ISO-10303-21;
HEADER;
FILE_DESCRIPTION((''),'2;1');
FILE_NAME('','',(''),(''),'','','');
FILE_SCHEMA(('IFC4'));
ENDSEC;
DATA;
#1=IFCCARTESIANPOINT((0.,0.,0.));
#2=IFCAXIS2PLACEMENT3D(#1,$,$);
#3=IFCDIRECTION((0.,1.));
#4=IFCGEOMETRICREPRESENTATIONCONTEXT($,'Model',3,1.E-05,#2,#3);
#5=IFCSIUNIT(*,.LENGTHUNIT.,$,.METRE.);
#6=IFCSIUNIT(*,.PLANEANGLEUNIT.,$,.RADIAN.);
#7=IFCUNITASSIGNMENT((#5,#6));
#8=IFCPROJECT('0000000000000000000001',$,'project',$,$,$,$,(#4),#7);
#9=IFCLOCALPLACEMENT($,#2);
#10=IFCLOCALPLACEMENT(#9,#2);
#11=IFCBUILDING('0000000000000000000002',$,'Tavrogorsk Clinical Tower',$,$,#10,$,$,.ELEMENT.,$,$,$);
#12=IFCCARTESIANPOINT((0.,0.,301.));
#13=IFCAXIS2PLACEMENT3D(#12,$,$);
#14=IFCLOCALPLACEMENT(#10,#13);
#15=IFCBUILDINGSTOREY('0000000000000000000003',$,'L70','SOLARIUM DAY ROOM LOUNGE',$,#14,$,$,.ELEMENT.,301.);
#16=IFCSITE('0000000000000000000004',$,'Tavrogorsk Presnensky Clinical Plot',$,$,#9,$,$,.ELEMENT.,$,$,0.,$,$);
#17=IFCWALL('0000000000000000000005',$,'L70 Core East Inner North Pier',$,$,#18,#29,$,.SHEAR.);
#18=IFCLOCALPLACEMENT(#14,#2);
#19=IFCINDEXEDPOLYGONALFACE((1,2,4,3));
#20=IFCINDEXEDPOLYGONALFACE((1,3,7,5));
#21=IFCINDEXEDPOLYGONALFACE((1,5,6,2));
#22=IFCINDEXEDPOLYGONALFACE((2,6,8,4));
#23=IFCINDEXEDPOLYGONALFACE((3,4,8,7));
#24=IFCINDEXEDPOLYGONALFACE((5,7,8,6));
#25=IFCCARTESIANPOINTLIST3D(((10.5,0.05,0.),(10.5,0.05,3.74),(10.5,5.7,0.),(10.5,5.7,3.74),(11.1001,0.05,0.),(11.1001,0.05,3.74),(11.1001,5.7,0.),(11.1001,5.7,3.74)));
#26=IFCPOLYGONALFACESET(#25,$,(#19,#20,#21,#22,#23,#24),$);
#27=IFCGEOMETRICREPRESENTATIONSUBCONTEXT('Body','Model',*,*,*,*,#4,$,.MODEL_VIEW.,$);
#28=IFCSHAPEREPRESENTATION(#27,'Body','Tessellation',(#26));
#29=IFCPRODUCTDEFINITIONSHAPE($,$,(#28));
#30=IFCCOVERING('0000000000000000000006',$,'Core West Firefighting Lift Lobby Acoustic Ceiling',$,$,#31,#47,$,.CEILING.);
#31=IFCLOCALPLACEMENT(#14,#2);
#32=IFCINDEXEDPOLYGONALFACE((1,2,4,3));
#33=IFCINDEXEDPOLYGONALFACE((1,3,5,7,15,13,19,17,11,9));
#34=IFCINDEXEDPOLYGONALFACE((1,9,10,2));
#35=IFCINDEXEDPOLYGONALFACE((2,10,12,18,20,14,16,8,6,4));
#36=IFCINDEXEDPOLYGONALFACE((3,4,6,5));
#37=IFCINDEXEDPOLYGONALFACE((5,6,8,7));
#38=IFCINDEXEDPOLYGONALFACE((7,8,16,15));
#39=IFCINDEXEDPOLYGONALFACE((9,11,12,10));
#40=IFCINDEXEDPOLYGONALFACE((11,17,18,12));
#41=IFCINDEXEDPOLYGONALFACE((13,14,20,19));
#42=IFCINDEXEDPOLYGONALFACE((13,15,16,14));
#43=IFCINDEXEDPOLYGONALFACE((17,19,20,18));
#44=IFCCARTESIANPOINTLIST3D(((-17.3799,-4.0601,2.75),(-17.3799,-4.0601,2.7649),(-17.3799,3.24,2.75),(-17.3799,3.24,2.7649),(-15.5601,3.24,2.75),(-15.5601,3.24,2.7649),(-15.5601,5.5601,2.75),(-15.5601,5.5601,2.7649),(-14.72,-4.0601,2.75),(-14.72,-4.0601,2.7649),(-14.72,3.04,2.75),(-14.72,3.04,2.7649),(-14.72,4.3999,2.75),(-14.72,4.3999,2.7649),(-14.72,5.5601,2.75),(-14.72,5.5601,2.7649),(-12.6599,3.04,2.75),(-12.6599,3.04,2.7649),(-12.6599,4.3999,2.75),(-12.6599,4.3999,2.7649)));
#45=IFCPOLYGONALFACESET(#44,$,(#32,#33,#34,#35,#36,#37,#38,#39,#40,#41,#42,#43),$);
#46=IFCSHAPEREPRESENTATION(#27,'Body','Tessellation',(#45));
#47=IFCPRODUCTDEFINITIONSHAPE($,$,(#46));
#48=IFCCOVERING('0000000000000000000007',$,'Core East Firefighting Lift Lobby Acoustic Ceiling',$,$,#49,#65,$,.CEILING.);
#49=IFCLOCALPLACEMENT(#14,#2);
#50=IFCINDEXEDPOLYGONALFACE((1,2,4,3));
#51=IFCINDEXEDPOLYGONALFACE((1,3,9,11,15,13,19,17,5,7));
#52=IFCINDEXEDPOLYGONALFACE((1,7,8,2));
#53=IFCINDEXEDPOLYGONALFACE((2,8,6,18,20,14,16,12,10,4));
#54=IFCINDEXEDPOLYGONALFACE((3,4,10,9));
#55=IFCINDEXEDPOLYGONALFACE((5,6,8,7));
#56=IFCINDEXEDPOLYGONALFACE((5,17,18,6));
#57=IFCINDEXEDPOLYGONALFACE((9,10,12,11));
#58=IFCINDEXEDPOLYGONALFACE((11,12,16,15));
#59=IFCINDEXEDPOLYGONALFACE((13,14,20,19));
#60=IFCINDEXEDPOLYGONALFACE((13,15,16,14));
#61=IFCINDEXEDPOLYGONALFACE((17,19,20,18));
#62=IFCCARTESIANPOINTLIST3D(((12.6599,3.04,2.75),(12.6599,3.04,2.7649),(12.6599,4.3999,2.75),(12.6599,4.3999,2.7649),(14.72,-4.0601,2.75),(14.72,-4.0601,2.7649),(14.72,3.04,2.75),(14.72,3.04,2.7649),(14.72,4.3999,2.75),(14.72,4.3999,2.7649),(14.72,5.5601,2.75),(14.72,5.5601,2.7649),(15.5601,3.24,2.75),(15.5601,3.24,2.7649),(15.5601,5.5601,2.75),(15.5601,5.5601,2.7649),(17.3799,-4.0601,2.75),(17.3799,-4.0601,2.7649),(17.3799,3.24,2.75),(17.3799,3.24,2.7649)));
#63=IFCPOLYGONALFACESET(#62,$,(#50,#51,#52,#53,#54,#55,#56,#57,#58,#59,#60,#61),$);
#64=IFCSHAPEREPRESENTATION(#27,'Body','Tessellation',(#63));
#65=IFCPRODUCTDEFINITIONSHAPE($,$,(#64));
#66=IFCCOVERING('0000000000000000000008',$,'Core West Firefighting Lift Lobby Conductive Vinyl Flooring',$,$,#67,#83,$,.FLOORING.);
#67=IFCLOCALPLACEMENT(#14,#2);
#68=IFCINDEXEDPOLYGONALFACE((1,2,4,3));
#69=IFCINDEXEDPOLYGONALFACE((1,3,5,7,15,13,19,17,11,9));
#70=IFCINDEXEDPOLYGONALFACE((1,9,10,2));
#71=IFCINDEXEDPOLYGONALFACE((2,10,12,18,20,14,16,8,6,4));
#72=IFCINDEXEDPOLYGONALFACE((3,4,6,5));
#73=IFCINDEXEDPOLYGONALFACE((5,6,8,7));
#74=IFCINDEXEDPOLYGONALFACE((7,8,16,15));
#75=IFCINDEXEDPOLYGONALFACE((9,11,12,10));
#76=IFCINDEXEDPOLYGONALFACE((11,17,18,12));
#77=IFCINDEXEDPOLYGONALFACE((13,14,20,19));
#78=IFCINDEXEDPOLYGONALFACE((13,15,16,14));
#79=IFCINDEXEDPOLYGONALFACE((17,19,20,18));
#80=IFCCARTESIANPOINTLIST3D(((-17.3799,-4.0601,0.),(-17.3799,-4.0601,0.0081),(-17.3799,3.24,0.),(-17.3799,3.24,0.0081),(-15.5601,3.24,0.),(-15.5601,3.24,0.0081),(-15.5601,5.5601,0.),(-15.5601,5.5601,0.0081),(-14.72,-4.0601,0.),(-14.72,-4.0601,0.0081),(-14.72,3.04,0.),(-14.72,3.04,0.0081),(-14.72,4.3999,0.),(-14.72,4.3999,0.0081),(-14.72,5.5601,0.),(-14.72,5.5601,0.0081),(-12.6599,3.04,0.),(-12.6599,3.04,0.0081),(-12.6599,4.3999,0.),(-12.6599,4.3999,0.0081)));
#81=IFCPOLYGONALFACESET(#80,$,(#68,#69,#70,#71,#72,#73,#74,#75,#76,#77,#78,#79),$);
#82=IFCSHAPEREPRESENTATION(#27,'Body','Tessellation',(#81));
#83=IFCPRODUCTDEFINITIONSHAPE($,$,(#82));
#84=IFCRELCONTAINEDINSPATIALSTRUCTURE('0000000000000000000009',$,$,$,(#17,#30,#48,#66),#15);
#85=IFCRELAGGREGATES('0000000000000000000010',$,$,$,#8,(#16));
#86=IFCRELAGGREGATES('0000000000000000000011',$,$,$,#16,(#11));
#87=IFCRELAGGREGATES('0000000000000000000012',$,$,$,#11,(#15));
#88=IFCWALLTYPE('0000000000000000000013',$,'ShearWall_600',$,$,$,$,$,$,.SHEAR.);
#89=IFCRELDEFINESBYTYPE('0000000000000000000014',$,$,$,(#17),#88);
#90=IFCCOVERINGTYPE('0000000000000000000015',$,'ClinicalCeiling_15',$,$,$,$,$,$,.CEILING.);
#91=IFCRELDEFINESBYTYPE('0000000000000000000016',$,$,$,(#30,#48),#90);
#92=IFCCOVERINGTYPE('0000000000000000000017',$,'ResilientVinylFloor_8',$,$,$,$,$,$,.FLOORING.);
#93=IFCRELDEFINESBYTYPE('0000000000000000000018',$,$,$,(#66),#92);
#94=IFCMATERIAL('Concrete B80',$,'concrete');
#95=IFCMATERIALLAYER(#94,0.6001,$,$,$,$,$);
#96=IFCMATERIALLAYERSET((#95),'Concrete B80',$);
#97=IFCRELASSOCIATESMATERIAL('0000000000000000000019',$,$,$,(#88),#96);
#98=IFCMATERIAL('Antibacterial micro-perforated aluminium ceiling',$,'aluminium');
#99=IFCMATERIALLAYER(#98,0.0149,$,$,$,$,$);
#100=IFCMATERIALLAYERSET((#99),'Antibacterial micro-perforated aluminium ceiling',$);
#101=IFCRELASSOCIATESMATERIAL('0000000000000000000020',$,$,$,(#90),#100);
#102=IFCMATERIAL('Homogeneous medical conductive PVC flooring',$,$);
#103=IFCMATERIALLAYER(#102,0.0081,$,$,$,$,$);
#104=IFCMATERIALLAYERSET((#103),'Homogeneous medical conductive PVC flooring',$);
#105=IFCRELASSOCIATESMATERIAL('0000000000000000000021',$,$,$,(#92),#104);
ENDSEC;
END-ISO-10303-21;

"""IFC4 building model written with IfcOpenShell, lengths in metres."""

from ifc_helpers import new_model, si_unit, direction, frame, frame_2d, origin, place, context, subcontext, project, spatial, polyline, rectangle, outline, extrude, material, layer, layer_set, type_object, element, save


model = new_model("IFC4")

# Units and contexts
model_context = context("Model", 3, precision=1e-05, world=origin(), true_north=direction((0.0, 1.0)))
body_context = subcontext(model_context, "Body", "Model", "MODEL_VIEW")
ifc_project = project(units=[si_unit("LENGTHUNIT", "METRE"), si_unit("PLANEANGLEUNIT", "RADIAN")], contexts=[model_context])

# Site, building, storey
site_placement = place(None, origin())
site = spatial("IfcSite", under=ifc_project, at=site_placement, Name="Tavrogorsk Presnensky Clinical Plot", CompositionType="ELEMENT", RefElevation=0.0)
building_placement = place(site_placement, origin())
building = spatial("IfcBuilding", under=site, at=building_placement, Name="Tavrogorsk Clinical Tower", CompositionType="ELEMENT")
storey_placement = place(building_placement, frame((0.0, 0.0, 301.0)))
storey = spatial("IfcBuildingStorey", under=building, at=storey_placement, Name="L70", Description="SOLARIUM DAY ROOM LOUNGE", CompositionType="ELEMENT", Elevation=301.0)

# Wall
ifc_material_1 = material(Name="Concrete B80", Category="concrete")
ifc_layer_1 = layer(ifc_material_1, 0.6001)
ifc_layer_set_1 = layer_set([ifc_layer_1], Name="Concrete B80")
wall_type_1 = type_object("IfcWallType", Name="ShearWall_600", PredefinedType="SHEAR", material=ifc_layer_set_1)
wall_1_placement = place(storey_placement, frame((10.8, 0.05, 0.0), z_axis=(0.0, 0.0, 1.0), x_axis=(0.0, 1.0, 0.0)))
element("IfcWall", 1, at=wall_1_placement, inside=storey, type_object=wall_type_1, Name="L70 Core East Inner North Pier", PredefinedType="SHEAR", context=body_context, shape_type="SweptSolid", body=[
    extrude(rectangle(XDim=5.6499, YDim=0.6001, at=frame_2d((2.825, 0.0))), origin(), (0.0, 0.0, 1.0), 3.74),
])

# Coverings
ifc_material_2 = material(Name="Antibacterial micro-perforated aluminium ceiling", Category="aluminium")
ifc_layer_2 = layer(ifc_material_2, 0.0149)
ifc_layer_set_2 = layer_set([ifc_layer_2], Name="Antibacterial micro-perforated aluminium ceiling")
covering_type_1 = type_object("IfcCoveringType", Name="ClinicalCeiling_15", PredefinedType="CEILING", material=ifc_layer_set_2)
covering_1_placement = place(storey_placement, frame((0.0, 0.0, 2.75)))
element("IfcCovering", 2, at=covering_1_placement, inside=storey, type_object=covering_type_1, Name="Core West Firefighting Lift Lobby Acoustic Ceiling", PredefinedType="CEILING", context=body_context, shape_type="SweptSolid", body=[
    extrude(outline(polyline([(-17.3799, -4.0601), (-17.3799, 3.24), (-15.5601, 3.24), (-15.5601, 5.5601), (-14.72, 5.5601), (-14.72, 4.3999), (-12.6599, 4.3999), (-12.6599, 3.04), (-14.72, 3.04), (-14.72, -4.0601), (-17.3799, -4.0601)])), origin(), (0.0, 0.0, 1.0), 0.0149),
])
covering_2_placement = place(storey_placement, frame((0.0, 0.0, 2.75)))
element("IfcCovering", 3, at=covering_2_placement, inside=storey, type_object=covering_type_1, Name="Core East Firefighting Lift Lobby Acoustic Ceiling", PredefinedType="CEILING", context=body_context, shape_type="SweptSolid", body=[
    extrude(outline(polyline([(14.72, 3.04), (12.6599, 3.04), (12.6599, 4.3999), (14.72, 4.3999), (14.72, 5.5601), (15.5601, 5.5601), (15.5601, 3.24), (17.3799, 3.24), (17.3799, -4.0601), (14.72, -4.0601), (14.72, 3.04)])), origin(), (0.0, 0.0, 1.0), 0.0149),
])
ifc_material_3 = material(Name="Homogeneous medical conductive PVC flooring")
ifc_layer_3 = layer(ifc_material_3, 0.0081)
ifc_layer_set_3 = layer_set([ifc_layer_3], Name="Homogeneous medical conductive PVC flooring")
covering_type_2 = type_object("IfcCoveringType", Name="ResilientVinylFloor_8", PredefinedType="FLOORING", material=ifc_layer_set_3)
covering_3_placement = place(storey_placement, origin())
element("IfcCovering", 4, at=covering_3_placement, inside=storey, type_object=covering_type_2, Name="Core West Firefighting Lift Lobby Conductive Vinyl Flooring", PredefinedType="FLOORING", context=body_context, shape_type="SweptSolid", body=[
    extrude(outline(polyline([(-17.3799, -4.0601), (-17.3799, 3.24), (-15.5601, 3.24), (-15.5601, 5.5601), (-14.72, 5.5601), (-14.72, 4.3999), (-12.6599, 4.3999), (-12.6599, 3.04), (-14.72, 3.04), (-14.72, -4.0601), (-17.3799, -4.0601)])), origin(), (0.0, 0.0, 1.0), 0.0081),
])

save(model, "model.ifc")
